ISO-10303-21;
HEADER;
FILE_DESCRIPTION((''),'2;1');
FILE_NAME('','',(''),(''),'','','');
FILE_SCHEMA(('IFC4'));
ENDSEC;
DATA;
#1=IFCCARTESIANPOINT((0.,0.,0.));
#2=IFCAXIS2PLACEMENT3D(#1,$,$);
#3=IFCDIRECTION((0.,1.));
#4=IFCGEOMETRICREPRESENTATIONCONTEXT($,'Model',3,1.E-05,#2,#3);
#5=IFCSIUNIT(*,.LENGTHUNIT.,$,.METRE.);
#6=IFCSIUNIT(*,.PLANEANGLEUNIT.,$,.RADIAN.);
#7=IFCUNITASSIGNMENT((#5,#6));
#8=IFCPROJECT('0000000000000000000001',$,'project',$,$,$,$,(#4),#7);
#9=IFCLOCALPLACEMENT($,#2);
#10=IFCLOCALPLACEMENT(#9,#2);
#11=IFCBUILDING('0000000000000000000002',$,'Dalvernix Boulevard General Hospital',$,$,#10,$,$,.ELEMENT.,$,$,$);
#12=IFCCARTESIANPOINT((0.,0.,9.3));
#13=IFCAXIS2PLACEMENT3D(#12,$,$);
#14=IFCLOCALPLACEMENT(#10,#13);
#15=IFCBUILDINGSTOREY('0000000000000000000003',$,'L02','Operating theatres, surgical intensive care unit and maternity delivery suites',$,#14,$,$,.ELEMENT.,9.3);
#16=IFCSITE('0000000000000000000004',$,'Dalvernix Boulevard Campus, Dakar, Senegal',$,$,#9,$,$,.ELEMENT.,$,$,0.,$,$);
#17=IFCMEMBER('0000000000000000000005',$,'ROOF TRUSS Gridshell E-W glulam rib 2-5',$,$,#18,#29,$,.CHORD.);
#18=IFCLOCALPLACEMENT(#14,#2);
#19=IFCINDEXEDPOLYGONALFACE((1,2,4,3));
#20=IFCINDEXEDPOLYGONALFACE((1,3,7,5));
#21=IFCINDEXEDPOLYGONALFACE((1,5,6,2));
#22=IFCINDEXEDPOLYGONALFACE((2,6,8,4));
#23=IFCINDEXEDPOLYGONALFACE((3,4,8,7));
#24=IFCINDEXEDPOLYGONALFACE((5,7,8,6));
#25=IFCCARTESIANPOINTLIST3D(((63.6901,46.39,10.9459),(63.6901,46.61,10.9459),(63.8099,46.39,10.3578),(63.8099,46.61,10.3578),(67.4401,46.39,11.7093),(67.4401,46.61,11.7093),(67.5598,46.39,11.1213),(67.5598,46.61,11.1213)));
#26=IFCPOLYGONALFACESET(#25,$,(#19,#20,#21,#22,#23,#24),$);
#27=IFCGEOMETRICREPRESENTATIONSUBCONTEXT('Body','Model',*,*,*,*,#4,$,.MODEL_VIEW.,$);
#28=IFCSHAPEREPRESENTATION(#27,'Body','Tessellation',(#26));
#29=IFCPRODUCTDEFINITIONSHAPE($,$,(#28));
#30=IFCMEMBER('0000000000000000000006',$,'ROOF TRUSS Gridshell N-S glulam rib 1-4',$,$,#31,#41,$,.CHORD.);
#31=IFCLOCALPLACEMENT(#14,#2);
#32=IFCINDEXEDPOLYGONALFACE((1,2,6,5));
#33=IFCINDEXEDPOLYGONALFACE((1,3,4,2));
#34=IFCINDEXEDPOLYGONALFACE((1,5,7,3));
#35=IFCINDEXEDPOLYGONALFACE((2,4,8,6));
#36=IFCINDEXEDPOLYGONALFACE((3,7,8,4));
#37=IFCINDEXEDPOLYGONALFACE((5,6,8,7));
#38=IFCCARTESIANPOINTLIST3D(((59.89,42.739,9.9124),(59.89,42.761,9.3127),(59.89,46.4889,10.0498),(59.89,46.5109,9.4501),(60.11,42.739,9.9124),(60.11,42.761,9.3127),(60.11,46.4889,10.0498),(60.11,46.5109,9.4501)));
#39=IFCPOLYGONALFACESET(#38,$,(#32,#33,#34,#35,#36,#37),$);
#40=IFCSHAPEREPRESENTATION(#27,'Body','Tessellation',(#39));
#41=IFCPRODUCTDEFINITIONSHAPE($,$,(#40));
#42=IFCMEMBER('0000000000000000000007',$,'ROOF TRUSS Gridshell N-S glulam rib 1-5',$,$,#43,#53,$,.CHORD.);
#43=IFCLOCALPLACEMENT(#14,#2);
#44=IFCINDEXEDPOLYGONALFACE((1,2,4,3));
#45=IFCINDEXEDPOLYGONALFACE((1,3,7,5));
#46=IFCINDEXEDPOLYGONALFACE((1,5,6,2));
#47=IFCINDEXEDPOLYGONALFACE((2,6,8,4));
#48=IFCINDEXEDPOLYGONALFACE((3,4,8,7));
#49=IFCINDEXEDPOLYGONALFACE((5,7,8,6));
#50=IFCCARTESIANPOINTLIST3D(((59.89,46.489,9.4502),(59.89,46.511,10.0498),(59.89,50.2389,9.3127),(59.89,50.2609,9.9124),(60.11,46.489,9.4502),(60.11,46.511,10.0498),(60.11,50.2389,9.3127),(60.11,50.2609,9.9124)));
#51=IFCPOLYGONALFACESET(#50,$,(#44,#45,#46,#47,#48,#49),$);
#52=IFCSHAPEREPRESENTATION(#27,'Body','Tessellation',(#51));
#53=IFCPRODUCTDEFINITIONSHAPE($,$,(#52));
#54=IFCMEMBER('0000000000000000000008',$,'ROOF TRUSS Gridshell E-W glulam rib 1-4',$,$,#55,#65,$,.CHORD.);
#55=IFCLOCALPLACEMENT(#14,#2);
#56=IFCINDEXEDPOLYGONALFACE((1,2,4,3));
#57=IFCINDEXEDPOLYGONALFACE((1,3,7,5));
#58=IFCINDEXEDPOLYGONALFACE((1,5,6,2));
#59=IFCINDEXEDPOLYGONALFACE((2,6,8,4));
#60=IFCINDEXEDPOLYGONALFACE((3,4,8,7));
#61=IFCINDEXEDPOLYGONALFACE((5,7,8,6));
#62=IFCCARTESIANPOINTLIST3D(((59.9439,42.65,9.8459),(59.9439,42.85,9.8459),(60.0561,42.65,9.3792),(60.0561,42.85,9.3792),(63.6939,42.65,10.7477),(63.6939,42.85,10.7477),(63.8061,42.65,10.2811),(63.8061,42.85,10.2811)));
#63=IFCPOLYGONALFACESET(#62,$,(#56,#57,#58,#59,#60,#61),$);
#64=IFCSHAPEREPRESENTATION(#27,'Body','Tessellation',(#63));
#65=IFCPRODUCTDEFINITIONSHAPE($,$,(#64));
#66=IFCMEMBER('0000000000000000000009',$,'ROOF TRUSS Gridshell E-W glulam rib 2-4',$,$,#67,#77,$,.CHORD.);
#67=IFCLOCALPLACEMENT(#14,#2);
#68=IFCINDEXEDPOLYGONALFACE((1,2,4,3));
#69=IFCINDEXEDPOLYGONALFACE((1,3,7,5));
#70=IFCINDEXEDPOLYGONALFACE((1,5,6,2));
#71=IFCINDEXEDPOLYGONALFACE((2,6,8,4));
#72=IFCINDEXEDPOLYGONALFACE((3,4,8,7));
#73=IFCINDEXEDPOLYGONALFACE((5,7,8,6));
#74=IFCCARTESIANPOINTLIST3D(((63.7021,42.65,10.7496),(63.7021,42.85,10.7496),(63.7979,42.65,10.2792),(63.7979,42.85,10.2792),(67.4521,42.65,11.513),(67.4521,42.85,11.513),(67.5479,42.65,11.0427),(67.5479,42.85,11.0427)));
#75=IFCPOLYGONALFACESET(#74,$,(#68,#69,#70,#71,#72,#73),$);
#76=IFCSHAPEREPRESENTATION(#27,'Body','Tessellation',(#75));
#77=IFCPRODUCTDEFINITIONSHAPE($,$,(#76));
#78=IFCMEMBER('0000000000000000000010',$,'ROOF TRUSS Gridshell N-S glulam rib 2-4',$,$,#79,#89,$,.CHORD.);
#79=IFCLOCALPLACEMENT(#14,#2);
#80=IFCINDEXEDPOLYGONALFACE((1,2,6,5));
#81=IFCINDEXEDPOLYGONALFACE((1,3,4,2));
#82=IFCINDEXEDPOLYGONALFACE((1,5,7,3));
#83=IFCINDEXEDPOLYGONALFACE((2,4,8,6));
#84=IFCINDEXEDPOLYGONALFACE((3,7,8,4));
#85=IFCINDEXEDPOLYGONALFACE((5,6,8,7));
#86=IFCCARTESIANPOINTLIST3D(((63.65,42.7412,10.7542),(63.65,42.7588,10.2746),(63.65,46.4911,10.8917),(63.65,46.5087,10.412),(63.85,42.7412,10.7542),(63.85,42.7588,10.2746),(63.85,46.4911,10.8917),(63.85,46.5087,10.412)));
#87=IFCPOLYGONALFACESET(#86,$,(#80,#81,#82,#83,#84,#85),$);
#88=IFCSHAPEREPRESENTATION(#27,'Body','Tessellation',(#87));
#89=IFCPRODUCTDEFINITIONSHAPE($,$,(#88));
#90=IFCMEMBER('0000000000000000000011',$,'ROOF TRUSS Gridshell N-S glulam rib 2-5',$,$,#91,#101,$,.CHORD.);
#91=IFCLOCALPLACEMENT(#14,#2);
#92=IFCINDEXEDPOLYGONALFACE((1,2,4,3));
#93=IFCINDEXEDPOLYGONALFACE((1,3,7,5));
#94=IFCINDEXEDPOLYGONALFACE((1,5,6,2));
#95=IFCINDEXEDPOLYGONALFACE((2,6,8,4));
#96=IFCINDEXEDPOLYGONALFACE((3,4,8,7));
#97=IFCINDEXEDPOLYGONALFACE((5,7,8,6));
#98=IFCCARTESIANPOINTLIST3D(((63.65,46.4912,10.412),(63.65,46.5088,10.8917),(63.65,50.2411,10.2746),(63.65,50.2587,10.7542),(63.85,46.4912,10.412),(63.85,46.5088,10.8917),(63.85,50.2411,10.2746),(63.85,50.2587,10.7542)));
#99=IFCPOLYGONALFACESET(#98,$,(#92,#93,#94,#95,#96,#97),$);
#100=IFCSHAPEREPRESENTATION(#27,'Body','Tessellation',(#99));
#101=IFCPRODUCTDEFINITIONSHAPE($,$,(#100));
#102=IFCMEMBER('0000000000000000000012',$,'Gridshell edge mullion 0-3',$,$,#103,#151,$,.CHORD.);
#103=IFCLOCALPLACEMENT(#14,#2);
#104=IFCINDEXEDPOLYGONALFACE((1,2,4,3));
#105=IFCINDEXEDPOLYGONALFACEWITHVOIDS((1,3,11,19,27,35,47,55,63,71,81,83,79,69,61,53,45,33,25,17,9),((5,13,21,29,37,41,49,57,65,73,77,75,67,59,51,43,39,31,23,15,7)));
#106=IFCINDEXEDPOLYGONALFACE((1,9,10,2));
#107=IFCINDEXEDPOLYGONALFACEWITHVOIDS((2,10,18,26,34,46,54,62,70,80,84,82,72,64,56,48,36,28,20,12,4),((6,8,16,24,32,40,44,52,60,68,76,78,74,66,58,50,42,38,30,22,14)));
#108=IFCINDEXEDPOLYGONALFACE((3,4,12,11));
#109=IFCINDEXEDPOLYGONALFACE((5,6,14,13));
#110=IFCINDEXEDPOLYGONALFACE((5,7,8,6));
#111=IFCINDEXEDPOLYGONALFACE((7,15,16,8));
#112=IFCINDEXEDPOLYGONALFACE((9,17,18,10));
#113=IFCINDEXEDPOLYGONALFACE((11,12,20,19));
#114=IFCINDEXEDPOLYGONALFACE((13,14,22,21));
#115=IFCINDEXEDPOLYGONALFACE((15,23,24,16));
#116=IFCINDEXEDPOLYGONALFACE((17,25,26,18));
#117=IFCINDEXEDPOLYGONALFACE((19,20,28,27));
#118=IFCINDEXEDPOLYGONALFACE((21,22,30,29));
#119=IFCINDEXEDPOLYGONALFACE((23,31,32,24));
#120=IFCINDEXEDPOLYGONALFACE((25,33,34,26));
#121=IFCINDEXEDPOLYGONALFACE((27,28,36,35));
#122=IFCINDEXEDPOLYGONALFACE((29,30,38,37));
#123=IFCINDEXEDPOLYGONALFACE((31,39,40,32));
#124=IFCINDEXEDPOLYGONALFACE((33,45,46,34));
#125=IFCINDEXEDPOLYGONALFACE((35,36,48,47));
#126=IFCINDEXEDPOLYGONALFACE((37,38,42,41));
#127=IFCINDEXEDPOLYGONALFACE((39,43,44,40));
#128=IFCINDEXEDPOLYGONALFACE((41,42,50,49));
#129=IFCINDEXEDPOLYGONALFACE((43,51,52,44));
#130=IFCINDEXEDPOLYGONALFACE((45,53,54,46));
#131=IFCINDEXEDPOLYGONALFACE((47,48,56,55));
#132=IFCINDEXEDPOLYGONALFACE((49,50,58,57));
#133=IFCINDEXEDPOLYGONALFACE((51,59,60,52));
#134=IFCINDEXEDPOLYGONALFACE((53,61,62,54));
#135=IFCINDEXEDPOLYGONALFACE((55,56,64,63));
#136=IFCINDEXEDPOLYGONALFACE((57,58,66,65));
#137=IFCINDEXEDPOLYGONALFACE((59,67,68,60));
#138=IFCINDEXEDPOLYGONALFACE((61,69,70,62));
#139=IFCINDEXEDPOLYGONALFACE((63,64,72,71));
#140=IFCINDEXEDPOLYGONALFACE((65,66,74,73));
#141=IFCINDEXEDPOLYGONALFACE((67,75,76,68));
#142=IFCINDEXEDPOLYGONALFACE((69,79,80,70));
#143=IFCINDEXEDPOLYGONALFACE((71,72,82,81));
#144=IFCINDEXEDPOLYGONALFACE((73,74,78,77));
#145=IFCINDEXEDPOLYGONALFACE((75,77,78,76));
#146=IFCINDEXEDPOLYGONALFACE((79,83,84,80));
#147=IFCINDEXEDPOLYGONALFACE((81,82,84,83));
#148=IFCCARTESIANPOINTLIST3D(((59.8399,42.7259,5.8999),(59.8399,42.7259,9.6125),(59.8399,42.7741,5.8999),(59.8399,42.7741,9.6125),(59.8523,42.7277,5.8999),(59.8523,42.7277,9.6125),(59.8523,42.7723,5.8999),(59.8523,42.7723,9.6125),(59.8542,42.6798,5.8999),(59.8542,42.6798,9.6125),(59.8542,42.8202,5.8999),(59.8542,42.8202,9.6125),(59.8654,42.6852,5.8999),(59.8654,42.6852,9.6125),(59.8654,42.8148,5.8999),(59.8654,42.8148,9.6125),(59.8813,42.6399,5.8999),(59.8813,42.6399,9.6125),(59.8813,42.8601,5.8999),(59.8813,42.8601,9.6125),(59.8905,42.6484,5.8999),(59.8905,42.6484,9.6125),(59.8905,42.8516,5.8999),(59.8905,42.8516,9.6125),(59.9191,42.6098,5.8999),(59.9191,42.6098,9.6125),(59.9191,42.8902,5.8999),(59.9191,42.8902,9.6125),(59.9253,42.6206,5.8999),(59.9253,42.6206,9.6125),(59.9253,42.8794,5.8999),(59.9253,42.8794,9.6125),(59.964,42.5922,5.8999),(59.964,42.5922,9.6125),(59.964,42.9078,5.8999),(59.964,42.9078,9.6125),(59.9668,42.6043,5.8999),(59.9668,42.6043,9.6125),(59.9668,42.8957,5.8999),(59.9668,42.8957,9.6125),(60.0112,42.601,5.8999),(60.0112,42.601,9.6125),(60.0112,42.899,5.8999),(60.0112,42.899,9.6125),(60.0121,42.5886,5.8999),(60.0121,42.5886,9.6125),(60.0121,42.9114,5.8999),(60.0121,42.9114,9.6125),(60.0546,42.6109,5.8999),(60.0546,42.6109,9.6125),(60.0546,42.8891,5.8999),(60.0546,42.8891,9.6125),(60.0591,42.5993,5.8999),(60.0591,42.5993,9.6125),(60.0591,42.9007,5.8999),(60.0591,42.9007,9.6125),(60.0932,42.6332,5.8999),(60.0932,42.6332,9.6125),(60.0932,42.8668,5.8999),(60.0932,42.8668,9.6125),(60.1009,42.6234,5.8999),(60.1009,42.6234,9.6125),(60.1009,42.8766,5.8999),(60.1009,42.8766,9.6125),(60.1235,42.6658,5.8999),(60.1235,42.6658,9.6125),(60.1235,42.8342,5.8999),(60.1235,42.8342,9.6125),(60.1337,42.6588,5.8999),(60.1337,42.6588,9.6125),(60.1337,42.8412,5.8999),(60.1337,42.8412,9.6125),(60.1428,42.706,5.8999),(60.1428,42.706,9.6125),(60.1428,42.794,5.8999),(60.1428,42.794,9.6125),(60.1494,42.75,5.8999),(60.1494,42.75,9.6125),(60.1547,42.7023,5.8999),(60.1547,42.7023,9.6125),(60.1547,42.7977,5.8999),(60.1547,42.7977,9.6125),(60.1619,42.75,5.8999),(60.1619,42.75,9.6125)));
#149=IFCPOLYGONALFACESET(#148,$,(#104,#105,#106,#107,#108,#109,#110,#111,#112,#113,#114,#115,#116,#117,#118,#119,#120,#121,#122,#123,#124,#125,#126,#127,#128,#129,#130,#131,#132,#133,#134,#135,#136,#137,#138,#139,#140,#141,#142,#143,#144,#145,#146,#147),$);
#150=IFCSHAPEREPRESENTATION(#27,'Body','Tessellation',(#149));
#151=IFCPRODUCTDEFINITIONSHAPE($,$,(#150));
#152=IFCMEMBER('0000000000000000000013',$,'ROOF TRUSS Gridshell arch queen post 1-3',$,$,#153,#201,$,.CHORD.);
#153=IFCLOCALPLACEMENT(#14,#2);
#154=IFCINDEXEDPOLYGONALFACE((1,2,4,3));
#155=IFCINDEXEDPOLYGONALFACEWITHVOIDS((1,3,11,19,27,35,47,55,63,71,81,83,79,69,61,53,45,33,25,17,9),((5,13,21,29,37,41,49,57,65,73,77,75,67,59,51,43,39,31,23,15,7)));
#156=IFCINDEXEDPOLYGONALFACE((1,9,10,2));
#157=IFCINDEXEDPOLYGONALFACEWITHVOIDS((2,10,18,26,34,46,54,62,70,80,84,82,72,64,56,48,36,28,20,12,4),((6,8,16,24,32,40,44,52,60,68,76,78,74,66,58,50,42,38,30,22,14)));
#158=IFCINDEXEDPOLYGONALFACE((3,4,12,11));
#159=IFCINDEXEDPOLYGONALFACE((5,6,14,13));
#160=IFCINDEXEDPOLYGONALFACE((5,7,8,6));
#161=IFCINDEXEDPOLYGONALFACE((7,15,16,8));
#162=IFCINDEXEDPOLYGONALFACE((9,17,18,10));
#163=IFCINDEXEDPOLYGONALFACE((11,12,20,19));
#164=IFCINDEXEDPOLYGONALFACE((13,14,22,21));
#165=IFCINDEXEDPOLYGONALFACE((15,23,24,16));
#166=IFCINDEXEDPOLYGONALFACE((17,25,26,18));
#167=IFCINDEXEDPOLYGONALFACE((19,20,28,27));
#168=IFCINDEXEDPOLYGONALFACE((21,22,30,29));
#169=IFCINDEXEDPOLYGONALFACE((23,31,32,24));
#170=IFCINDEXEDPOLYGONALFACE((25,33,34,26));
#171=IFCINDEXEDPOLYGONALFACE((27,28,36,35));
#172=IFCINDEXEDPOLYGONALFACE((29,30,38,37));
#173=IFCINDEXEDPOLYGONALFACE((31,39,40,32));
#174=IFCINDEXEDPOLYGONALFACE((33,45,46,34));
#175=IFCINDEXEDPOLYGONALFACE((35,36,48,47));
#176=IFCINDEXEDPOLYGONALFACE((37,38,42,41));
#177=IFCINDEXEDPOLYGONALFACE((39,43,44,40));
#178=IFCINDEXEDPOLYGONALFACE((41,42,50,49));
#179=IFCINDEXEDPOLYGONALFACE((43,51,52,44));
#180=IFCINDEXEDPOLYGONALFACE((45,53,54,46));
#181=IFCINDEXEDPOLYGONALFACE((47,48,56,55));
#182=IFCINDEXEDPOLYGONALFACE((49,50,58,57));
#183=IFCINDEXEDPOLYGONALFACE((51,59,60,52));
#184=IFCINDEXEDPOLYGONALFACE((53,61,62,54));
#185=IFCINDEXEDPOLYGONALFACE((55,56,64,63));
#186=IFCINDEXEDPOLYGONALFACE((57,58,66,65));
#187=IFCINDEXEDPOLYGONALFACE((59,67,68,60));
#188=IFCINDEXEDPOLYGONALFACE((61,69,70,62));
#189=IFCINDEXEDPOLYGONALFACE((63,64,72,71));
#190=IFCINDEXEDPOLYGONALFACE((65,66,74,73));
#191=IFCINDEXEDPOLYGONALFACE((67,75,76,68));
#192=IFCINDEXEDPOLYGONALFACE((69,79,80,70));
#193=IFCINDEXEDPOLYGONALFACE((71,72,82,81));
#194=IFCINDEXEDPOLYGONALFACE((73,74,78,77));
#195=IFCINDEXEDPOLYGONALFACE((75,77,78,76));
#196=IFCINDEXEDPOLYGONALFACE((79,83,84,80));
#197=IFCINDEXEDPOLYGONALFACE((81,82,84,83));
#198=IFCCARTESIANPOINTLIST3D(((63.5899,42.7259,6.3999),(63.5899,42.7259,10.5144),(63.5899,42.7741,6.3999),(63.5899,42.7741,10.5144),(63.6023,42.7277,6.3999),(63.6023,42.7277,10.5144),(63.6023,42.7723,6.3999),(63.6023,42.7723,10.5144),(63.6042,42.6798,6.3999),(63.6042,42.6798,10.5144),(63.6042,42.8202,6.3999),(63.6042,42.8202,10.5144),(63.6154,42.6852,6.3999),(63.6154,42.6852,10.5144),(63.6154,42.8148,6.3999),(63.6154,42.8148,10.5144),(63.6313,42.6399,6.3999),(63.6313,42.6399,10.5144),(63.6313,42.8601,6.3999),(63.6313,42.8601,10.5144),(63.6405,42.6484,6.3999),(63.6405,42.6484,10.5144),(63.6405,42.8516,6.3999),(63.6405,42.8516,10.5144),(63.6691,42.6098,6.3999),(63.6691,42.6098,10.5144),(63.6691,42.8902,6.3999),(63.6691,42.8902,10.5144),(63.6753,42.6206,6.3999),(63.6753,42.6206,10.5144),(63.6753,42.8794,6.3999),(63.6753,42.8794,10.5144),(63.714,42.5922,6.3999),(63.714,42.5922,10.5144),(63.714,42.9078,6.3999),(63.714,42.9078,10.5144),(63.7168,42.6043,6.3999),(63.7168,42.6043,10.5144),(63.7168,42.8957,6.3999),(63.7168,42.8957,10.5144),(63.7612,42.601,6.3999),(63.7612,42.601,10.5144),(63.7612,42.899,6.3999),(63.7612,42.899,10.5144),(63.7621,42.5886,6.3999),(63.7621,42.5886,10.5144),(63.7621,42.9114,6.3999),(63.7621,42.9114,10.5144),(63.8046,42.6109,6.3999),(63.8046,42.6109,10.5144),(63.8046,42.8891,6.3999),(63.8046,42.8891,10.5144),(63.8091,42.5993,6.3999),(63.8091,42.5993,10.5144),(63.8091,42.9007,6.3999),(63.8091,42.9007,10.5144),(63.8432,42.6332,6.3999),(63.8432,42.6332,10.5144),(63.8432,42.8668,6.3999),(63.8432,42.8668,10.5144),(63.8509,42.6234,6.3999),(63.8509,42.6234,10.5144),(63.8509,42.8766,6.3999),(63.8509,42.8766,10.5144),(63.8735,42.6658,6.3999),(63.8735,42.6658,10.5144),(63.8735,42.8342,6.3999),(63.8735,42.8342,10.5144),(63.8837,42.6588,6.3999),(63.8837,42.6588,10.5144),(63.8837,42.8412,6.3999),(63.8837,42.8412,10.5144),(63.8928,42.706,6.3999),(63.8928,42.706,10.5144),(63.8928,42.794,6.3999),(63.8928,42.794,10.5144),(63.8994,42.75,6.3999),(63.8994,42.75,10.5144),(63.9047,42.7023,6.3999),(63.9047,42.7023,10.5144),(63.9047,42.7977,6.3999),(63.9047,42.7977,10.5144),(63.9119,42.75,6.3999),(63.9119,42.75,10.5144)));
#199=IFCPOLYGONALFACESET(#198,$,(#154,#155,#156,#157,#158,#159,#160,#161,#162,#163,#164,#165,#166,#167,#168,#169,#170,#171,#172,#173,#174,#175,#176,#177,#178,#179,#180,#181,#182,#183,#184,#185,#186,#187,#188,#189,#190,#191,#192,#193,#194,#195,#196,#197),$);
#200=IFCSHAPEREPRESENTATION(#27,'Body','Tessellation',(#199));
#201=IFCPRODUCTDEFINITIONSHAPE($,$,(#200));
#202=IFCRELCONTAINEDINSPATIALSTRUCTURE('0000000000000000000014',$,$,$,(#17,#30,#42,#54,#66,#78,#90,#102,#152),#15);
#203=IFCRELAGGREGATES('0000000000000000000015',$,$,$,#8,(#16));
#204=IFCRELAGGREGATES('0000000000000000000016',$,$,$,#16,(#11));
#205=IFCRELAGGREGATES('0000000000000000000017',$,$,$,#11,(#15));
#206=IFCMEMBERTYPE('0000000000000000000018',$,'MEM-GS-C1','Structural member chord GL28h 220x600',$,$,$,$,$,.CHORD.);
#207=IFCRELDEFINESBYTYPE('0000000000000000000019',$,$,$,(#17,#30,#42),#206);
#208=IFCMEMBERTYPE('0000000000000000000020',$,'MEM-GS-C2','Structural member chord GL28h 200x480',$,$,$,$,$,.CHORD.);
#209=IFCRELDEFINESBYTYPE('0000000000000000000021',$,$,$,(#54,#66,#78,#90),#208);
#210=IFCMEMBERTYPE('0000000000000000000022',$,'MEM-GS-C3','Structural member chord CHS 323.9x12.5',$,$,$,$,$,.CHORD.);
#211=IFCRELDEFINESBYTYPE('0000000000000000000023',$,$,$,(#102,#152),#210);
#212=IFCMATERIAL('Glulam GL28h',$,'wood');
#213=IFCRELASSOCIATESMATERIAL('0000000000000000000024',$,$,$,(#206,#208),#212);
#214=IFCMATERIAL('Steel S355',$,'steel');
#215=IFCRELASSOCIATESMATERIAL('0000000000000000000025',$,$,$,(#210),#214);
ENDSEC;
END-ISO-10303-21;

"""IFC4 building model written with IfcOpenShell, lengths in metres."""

from ifc_helpers import new_model, si_unit, direction, frame, origin, origin_2d, place, context, subcontext, project, spatial, rectangle, hollow_circle, extrude, material, material_profile, profile_set, type_object, element, save


model = new_model("IFC4")

# Units and contexts
model_context = context("Model", 3, precision=1e-05, world=origin(), true_north=direction((0.0, 1.0)))
body_context = subcontext(model_context, "Body", "Model", "MODEL_VIEW")
ifc_project = project(units=[si_unit("LENGTHUNIT", "METRE"), si_unit("PLANEANGLEUNIT", "RADIAN")], contexts=[model_context])

# Site, building, storey
site_placement = place(None, origin())
site = spatial("IfcSite", under=ifc_project, at=site_placement, Name="Dalvernix Boulevard Campus, Dakar, Senegal", CompositionType="ELEMENT", RefElevation=0.0)
building_placement = place(site_placement, origin())
building = spatial("IfcBuilding", under=site, at=building_placement, Name="Dalvernix Boulevard General Hospital", CompositionType="ELEMENT")
storey_placement = place(building_placement, frame((0.0, 0.0, 9.3)))
storey = spatial("IfcBuildingStorey", under=building, at=storey_placement, Name="L02", Description="Operating theatres, surgical intensive care unit and maternity delivery suites", CompositionType="ELEMENT", Elevation=9.3)

# Shared definitions
ifc_material_1 = material(Name="Steel S355", Category="steel")

# Members
ifc_material_2 = material(Name="Glulam GL28h", Category="wood")
ifc_material_profile_1 = material_profile(ifc_material_2, rectangle(XDim=0.22, YDim=0.6001, at=origin_2d()), Name="GL28h 220x600")
ifc_profile_set_1 = profile_set([ifc_material_profile_1], Name="Glulam GL28h")
member_type_1 = type_object("IfcMemberType", Name="MEM-GS-C1", Description="Structural member chord GL28h 220x600", PredefinedType="CHORD", material=ifc_profile_set_1)
member_1_placement = place(storey_placement, frame((63.75, 46.5, 10.6519), z_axis=(0.9799, 0.0, 0.199489), x_axis=(0.0, 1.0, 0.0)))
element("IfcMember", 1, at=member_1_placement, inside=storey, type_object=member_type_1, Name="ROOF TRUSS Gridshell E-W glulam rib 2-5", PredefinedType="CHORD", context=body_context, shape_type="SweptSolid", body=[
    extrude(rectangle(XDim=0.22, YDim=0.6001, at=origin_2d()), origin(), (0.0, 0.0, 1.0), 3.8269),
])
for number, where, z_axis, x_axis, name in (
    (2, (60.0, 42.75, 9.6125), (0.0, 0.999329, 0.036629), (-1.0, 0.0, 0.0), "ROOF TRUSS Gridshell N-S glulam rib 1-4"),
    (3, (60.0, 46.5, 9.75), (0.0, 0.999329, -0.036629), (-1.0, 0.0, 0.0), "ROOF TRUSS Gridshell N-S glulam rib 1-5"),
):
    element("IfcMember", number, at=place(storey_placement, frame(where, z_axis=z_axis, x_axis=x_axis)), inside=storey, type_object=member_type_1, Name=name, PredefinedType="CHORD", context=body_context, shape_type="SweptSolid", body=[
        extrude(rectangle(XDim=0.22, YDim=0.6001, at=origin_2d()), origin(), (0.0, 0.0, 1.0), 3.7524),
    ])
ifc_material_profile_2 = material_profile(ifc_material_2, rectangle(XDim=0.2, YDim=0.48, at=origin_2d()), Name="GL28h 200x480")
ifc_profile_set_2 = profile_set([ifc_material_profile_2], Name="Glulam GL28h")
member_type_2 = type_object("IfcMemberType", Name="MEM-GS-C2", Description="Structural member chord GL28h 200x480", PredefinedType="CHORD", material=ifc_profile_set_2)
member_2_placement = place(storey_placement, frame((60.0, 42.75, 9.6125), z_axis=(0.972278, 0.0, 0.233828), x_axis=(0.0, 1.0, 0.0)))
element("IfcMember", 4, at=member_2_placement, inside=storey, type_object=member_type_2, Name="ROOF TRUSS Gridshell E-W glulam rib 1-4", PredefinedType="CHORD", context=body_context, shape_type="SweptSolid", body=[
    extrude(rectangle(XDim=0.2, YDim=0.48, at=origin_2d()), origin(), (0.0, 0.0, 1.0), 3.8569),
])
member_3_placement = place(storey_placement, frame((63.75, 42.75, 10.5144), z_axis=(0.9799, 0.0, 0.199489), x_axis=(0.0, 1.0, 0.0)))
element("IfcMember", 5, at=member_3_placement, inside=storey, type_object=member_type_2, Name="ROOF TRUSS Gridshell E-W glulam rib 2-4", PredefinedType="CHORD", context=body_context, shape_type="SweptSolid", body=[
    extrude(rectangle(XDim=0.2, YDim=0.48, at=origin_2d()), origin(), (0.0, 0.0, 1.0), 3.8269),
])
for number, where, z_axis, x_axis, name in (
    (6, (63.75, 42.75, 10.5144), (0.0, 0.999329, 0.036629), (-1.0, 0.0, 0.0), "ROOF TRUSS Gridshell N-S glulam rib 2-4"),
    (7, (63.75, 46.5, 10.6519), (0.0, 0.999329, -0.036629), (-1.0, 0.0, 0.0), "ROOF TRUSS Gridshell N-S glulam rib 2-5"),
):
    element("IfcMember", number, at=place(storey_placement, frame(where, z_axis=z_axis, x_axis=x_axis)), inside=storey, type_object=member_type_2, Name=name, PredefinedType="CHORD", context=body_context, shape_type="SweptSolid", body=[
        extrude(rectangle(XDim=0.2, YDim=0.48, at=origin_2d()), origin(), (0.0, 0.0, 1.0), 3.7524),
    ])
ifc_material_profile_3 = material_profile(ifc_material_1, hollow_circle(Radius=0.1619, WallThickness=0.0125, at=origin_2d()), Name="CHS 323.9x12.5")
ifc_profile_set_3 = profile_set([ifc_material_profile_3], Name="Steel S355")
member_type_3 = type_object("IfcMemberType", Name="MEM-GS-C3", Description="Structural member chord CHS 323.9x12.5", PredefinedType="CHORD", material=ifc_profile_set_3)
member_4_placement = place(storey_placement, frame((60.0, 42.75, 5.8999), z_axis=(0.0, 0.0, 1.0), x_axis=(1.0, 0.0, 0.0)))
element("IfcMember", 8, at=member_4_placement, inside=storey, type_object=member_type_3, Name="Gridshell edge mullion 0-3", PredefinedType="CHORD", context=body_context, shape_type="SweptSolid", body=[
    extrude(hollow_circle(Radius=0.1619, WallThickness=0.0125, at=origin_2d()), origin(), (0.0, 0.0, 1.0), 3.7126),
])
member_5_placement = place(storey_placement, frame((63.75, 42.75, 6.3999), z_axis=(0.0, 0.0, 1.0), x_axis=(1.0, 0.0, 0.0)))
element("IfcMember", 9, at=member_5_placement, inside=storey, type_object=member_type_3, Name="ROOF TRUSS Gridshell arch queen post 1-3", PredefinedType="CHORD", context=body_context, shape_type="SweptSolid", body=[
    extrude(hollow_circle(Radius=0.1619, WallThickness=0.0125, at=origin_2d()), origin(), (0.0, 0.0, 1.0), 4.1145),
])

save(model, "model.ifc")
